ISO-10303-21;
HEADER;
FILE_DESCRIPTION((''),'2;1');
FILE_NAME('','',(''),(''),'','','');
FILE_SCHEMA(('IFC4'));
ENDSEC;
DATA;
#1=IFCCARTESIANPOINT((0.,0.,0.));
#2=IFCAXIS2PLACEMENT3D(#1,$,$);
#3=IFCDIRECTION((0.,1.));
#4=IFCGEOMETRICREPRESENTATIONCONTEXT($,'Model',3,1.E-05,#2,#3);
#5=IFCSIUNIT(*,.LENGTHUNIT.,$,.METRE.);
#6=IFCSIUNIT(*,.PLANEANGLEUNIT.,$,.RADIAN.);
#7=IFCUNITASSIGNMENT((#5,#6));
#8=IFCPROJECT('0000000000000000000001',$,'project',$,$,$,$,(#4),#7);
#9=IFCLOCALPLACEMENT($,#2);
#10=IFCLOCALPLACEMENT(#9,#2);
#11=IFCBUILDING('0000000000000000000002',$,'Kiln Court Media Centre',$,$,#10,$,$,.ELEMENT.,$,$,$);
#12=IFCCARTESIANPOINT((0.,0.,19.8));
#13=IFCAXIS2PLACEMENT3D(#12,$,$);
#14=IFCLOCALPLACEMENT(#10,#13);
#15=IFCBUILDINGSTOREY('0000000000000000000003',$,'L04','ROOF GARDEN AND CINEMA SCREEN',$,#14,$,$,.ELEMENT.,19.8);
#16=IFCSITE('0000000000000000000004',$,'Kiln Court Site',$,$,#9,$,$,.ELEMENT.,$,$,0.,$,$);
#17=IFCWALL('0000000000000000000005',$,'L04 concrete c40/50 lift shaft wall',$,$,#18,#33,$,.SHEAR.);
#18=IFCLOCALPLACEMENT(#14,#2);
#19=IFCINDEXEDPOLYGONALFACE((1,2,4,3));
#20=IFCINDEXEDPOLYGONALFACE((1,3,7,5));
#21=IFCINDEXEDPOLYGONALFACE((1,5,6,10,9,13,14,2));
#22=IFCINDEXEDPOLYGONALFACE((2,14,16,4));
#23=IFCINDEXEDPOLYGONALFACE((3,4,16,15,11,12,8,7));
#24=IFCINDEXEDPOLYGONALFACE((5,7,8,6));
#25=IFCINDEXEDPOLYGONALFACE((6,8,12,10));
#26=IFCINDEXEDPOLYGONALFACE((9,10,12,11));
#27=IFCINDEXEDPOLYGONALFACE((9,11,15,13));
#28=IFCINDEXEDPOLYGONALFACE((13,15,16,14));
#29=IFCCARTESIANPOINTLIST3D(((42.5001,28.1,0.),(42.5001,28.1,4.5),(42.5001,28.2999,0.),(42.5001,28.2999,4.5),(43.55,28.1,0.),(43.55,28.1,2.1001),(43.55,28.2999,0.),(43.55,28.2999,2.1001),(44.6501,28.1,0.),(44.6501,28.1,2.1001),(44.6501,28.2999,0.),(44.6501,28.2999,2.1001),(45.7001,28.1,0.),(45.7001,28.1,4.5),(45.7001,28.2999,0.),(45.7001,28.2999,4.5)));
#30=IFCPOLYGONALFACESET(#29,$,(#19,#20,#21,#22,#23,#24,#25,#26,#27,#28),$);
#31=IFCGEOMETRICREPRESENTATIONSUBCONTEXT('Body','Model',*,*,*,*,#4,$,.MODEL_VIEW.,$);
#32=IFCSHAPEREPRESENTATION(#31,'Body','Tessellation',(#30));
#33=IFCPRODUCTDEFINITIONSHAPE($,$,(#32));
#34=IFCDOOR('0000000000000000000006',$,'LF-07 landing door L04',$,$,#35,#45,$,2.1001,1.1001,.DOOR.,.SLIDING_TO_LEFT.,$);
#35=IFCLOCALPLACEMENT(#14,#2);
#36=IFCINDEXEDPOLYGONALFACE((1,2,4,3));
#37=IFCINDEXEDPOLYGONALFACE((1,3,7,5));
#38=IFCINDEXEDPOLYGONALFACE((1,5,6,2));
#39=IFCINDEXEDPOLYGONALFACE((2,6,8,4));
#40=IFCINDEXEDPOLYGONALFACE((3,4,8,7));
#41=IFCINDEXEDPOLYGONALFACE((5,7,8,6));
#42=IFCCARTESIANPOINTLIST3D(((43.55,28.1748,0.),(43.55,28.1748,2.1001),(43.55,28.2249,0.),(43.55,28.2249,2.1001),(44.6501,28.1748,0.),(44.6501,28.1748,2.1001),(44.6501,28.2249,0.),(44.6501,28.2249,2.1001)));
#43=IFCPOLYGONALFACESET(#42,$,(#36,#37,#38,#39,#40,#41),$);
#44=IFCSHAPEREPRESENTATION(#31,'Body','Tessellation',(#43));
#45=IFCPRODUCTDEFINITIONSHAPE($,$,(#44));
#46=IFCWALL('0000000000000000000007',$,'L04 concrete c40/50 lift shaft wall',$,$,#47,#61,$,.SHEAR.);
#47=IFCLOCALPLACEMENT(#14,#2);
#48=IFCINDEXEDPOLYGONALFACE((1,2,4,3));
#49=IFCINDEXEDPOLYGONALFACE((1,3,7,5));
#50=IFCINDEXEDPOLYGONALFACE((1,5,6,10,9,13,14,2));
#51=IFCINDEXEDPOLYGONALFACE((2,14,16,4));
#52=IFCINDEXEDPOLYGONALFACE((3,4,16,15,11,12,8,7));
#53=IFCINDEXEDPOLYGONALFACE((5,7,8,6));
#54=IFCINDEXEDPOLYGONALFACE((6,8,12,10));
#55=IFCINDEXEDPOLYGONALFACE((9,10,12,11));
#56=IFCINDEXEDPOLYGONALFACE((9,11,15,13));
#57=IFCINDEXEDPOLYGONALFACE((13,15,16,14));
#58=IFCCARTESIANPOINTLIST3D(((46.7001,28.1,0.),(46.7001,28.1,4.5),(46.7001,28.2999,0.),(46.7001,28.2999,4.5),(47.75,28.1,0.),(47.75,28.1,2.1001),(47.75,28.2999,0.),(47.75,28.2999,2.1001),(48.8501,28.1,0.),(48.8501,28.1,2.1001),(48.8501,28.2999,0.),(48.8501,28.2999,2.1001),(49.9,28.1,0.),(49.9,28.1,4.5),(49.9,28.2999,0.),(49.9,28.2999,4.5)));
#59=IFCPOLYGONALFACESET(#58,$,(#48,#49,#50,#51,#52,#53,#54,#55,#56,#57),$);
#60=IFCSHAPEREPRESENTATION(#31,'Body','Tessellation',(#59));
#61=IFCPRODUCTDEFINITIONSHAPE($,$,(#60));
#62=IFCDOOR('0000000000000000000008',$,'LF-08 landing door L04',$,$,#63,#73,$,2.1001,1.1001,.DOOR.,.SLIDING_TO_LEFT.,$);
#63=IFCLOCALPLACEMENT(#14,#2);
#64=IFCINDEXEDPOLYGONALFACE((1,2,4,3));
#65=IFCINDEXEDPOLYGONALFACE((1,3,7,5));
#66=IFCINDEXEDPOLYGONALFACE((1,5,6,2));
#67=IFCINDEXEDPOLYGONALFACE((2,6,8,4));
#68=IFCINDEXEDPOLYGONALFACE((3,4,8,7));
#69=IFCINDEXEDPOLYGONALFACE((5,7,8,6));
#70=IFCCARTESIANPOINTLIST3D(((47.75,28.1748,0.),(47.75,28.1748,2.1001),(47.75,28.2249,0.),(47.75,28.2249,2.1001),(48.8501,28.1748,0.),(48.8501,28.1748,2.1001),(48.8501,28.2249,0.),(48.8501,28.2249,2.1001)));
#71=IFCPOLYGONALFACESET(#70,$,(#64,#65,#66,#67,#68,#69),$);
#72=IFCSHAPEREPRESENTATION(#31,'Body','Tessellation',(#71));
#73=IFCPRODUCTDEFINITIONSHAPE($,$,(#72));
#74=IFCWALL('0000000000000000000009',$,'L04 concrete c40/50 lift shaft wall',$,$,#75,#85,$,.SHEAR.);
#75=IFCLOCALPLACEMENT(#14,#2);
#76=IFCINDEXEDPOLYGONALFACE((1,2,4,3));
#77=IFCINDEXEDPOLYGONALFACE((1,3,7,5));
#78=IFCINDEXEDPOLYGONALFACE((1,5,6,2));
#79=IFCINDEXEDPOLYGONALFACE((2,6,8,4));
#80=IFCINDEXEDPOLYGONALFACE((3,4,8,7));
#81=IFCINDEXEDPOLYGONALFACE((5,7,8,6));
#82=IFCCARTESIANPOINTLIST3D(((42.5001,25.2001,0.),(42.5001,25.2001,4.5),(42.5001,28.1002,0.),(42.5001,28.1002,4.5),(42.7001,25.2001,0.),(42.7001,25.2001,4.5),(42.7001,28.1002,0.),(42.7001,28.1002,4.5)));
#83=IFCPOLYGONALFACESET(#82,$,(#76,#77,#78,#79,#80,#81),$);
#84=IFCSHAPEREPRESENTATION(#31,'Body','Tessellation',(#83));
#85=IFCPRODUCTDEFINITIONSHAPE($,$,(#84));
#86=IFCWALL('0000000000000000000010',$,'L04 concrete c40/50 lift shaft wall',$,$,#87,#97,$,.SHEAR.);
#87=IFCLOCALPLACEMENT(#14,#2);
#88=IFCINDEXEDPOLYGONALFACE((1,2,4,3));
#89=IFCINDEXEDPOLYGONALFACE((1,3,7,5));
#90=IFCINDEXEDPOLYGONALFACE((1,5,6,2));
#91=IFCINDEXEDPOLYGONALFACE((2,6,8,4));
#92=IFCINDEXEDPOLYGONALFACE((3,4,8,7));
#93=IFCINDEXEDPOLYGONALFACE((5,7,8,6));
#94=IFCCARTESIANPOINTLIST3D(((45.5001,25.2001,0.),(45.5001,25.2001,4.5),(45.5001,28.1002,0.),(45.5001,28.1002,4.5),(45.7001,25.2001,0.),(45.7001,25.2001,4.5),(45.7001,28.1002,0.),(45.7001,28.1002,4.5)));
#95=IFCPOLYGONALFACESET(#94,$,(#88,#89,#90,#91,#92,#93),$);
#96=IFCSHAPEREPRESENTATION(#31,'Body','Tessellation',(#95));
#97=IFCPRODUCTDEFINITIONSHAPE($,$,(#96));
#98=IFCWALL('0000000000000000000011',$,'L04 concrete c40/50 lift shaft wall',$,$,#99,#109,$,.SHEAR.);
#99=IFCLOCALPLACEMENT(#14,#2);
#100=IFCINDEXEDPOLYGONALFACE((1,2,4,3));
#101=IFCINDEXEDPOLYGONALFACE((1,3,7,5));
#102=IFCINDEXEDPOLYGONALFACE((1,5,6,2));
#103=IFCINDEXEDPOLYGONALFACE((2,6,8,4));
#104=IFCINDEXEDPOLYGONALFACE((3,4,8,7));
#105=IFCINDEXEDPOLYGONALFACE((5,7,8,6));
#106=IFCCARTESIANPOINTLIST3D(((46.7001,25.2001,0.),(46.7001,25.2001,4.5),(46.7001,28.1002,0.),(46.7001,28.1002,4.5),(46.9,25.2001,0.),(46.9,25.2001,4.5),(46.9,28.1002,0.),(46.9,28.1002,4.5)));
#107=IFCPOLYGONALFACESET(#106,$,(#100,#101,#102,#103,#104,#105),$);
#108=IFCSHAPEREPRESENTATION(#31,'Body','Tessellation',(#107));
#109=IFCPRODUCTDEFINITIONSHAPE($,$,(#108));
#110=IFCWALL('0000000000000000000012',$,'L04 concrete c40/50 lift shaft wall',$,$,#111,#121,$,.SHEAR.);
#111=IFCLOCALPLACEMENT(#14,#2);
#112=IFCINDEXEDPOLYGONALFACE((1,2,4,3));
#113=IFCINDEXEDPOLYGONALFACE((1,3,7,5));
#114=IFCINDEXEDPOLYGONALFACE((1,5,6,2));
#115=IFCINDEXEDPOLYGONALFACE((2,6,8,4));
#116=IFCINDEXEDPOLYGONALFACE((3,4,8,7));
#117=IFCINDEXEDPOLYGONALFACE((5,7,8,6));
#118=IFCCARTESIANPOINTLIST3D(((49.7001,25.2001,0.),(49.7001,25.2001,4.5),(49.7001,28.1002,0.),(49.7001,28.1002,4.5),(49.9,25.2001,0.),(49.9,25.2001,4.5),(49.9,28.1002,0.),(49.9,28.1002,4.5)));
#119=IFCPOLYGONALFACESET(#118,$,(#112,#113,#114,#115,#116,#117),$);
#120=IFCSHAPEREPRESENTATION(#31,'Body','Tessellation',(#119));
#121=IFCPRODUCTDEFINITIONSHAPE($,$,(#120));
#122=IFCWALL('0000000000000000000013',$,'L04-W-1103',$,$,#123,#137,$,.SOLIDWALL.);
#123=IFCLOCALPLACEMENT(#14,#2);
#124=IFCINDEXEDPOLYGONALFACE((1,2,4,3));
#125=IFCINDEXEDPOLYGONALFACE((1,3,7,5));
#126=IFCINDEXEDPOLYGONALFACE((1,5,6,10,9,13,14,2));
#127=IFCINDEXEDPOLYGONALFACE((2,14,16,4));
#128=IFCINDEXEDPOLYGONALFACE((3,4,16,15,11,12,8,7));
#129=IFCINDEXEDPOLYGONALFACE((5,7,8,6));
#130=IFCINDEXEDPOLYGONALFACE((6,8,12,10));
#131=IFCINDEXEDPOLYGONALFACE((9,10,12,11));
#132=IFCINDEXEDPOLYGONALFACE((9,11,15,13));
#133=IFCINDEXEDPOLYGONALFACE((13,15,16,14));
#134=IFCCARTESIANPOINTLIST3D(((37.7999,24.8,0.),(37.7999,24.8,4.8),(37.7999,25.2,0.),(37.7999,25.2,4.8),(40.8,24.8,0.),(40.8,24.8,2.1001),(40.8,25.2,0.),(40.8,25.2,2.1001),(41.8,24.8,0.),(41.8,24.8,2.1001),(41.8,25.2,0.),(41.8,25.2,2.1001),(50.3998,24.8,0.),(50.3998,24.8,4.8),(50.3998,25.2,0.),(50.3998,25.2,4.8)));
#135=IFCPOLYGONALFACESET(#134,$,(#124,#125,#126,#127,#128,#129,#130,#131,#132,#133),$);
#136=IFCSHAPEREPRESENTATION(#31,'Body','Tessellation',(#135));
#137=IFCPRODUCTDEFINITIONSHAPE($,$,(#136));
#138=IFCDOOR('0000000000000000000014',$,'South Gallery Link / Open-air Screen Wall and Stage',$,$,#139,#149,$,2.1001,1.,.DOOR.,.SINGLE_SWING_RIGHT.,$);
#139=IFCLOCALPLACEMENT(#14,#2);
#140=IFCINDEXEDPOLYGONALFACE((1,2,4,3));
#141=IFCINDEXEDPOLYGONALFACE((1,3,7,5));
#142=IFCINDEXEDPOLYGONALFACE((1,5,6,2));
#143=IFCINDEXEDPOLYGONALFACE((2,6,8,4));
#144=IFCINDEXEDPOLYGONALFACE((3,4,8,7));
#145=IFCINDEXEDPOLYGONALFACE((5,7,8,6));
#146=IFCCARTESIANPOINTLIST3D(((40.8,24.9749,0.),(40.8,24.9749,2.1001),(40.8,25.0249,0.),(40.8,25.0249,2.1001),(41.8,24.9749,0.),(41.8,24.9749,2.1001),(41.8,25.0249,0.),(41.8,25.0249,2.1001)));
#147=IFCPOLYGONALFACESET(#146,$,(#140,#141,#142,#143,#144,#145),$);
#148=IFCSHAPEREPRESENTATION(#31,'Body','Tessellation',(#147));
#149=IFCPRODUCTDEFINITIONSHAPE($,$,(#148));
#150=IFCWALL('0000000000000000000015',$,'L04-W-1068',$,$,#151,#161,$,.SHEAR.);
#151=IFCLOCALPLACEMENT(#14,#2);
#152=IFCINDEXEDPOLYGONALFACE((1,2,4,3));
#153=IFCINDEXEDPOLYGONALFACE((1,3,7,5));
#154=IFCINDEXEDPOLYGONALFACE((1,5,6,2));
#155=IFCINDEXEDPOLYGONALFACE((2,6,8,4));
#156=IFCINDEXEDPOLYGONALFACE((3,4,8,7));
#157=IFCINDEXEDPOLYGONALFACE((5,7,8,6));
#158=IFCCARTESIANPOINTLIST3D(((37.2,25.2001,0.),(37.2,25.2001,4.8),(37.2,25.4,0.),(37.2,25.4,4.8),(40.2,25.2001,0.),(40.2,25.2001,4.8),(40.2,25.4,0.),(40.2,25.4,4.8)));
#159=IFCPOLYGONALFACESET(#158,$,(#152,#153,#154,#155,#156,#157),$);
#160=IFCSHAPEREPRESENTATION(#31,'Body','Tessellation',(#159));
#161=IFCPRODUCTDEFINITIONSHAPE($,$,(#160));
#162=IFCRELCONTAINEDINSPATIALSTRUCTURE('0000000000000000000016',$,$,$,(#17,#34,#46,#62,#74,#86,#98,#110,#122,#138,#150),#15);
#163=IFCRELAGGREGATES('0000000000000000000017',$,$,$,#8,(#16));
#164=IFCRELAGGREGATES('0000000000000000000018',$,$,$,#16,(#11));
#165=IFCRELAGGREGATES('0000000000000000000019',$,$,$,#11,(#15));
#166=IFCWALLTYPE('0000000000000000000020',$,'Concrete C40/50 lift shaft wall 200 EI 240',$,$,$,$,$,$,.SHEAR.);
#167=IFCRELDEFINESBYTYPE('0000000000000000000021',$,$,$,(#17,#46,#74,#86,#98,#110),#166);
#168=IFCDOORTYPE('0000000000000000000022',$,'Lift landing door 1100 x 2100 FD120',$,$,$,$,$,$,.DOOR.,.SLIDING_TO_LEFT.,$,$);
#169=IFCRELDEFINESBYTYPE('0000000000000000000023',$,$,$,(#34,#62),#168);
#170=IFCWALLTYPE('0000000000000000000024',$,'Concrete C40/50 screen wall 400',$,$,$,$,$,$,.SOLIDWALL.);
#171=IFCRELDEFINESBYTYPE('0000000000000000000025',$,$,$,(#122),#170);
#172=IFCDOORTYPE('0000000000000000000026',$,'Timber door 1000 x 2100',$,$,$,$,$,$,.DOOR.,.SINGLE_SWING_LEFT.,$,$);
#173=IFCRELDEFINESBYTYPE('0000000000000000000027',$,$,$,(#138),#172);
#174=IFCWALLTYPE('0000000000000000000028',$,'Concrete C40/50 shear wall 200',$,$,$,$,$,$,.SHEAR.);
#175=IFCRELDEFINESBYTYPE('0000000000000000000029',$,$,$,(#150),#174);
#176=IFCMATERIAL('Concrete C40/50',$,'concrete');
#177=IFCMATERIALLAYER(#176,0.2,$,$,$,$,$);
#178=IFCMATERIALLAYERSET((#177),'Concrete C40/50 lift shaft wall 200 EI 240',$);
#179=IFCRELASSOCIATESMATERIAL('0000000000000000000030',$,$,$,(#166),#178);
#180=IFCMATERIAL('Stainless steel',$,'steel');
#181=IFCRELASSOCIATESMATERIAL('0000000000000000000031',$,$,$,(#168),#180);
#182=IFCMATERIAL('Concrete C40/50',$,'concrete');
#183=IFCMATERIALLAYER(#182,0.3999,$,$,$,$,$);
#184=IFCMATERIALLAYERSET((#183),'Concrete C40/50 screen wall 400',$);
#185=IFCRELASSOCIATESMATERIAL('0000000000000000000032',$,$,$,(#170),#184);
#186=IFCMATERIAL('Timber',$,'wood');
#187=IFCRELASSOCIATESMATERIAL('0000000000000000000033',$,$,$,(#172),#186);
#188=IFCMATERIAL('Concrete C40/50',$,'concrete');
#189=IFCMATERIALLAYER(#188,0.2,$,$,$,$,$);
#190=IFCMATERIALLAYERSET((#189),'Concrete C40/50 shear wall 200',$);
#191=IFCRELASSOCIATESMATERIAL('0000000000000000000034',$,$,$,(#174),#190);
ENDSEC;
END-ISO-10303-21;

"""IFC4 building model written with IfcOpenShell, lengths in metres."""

from ifc_helpers import new_model, si_unit, direction, frame, frame_2d, origin, place, context, subcontext, project, spatial, rectangle, extrude, material, layer, layer_set, type_object, element, fill, save


model = new_model("IFC4")

# Units and contexts
model_context = context("Model", 3, precision=1e-05, world=origin(), true_north=direction((0.0, 1.0)))
body_context = subcontext(model_context, "Body", "Model", "MODEL_VIEW")
ifc_project = project(units=[si_unit("LENGTHUNIT", "METRE"), si_unit("PLANEANGLEUNIT", "RADIAN")], contexts=[model_context])

# Site, building, storey
site_placement = place(None, origin())
site = spatial("IfcSite", under=ifc_project, at=site_placement, Name="Kiln Court Site", CompositionType="ELEMENT", RefElevation=0.0)
building_placement = place(site_placement, origin())
building = spatial("IfcBuilding", under=site, at=building_placement, Name="Kiln Court Media Centre", CompositionType="ELEMENT")
storey_placement = place(building_placement, frame((0.0, 0.0, 19.8)))
storey = spatial("IfcBuildingStorey", under=building, at=storey_placement, Name="L04", Description="ROOF GARDEN AND CINEMA SCREEN", CompositionType="ELEMENT", Elevation=19.8)

# Walls, openings, doors
ifc_material_1 = material(Name="Concrete C40/50", Category="concrete")
ifc_layer_1 = layer(ifc_material_1, 0.2)
ifc_layer_set_1 = layer_set([ifc_layer_1], Name="Concrete C40/50 lift shaft wall 200 EI 240")
wall_type_1 = type_object("IfcWallType", Name="Concrete C40/50 lift shaft wall 200 EI 240", PredefinedType="SHEAR", material=ifc_layer_set_1)
wall_1_placement = place(storey_placement, frame((42.5, 28.2, 0.0), z_axis=(0.0, 0.0, 1.0), x_axis=(1.0, 0.0, 0.0)))
wall_1 = element("IfcWall", 1, at=wall_1_placement, inside=storey, type_object=wall_type_1, Name="L04 concrete c40/50 lift shaft wall", PredefinedType="SHEAR", context=body_context, shape_type="SweptSolid", body=[
    extrude(rectangle(XDim=3.2, YDim=0.2, at=frame_2d((1.6001, 0.0))), origin(), (0.0, 0.0, 1.0), 4.5),
])
opening_1_placement = place(wall_1_placement, frame((1.05, 0.0, 0.0)))
opening_1 = element("IfcOpeningElement", 2, at=opening_1_placement, cuts=wall_1, PredefinedType="OPENING", context=body_context, shape_type="SweptSolid", body=[
    extrude(rectangle(XDim=1.1001, YDim=2.1001, at=frame_2d((0.55, 1.05))), frame((0.0, 0.1099, 0.0), z_axis=(0.0, -1.0, 0.0), x_axis=(1.0, 0.0, 0.0)), (0.0, 0.0, 1.0), 0.22),
])
ifc_material_2 = material(Name="Stainless steel", Category="steel")
door_type_1 = type_object("IfcDoorType", Name="Lift landing door 1100 x 2100 FD120", OperationType="SLIDING_TO_LEFT", PredefinedType="DOOR", material=ifc_material_2)
door_1_placement = place(opening_1_placement, origin())
door_1 = element("IfcDoor", 3, at=door_1_placement, inside=storey, type_object=door_type_1, Name="LF-07 landing door L04", OperationType="SLIDING_TO_LEFT", OverallHeight=2.1001, OverallWidth=1.1001, PredefinedType="DOOR", context=body_context, shape_type="SweptSolid", body=[
    extrude(rectangle(XDim=1.1001, YDim=2.1001, at=frame_2d((0.55, 1.05))), frame((0.0, 0.0249, 0.0), z_axis=(0.0, -1.0, 0.0), x_axis=(1.0, 0.0, 0.0)), (0.0, 0.0, 1.0), 0.05),
])
fill(opening_1, door_1)
wall_2_placement = place(storey_placement, frame((46.7, 28.2, 0.0), z_axis=(0.0, 0.0, 1.0), x_axis=(1.0, 0.0, 0.0)))
wall_2 = element("IfcWall", 4, at=wall_2_placement, inside=storey, type_object=wall_type_1, Name="L04 concrete c40/50 lift shaft wall", PredefinedType="SHEAR", context=body_context, shape_type="SweptSolid", body=[
    extrude(rectangle(XDim=3.2, YDim=0.2, at=frame_2d((1.6001, 0.0))), origin(), (0.0, 0.0, 1.0), 4.5),
])
opening_2_placement = place(wall_2_placement, frame((1.05, 0.0, 0.0)))
opening_2 = element("IfcOpeningElement", 5, at=opening_2_placement, cuts=wall_2, PredefinedType="OPENING", context=body_context, shape_type="SweptSolid", body=[
    extrude(rectangle(XDim=1.1001, YDim=2.1001, at=frame_2d((0.55, 1.05))), frame((0.0, 0.1099, 0.0), z_axis=(0.0, -1.0, 0.0), x_axis=(1.0, 0.0, 0.0)), (0.0, 0.0, 1.0), 0.22),
])
door_2_placement = place(opening_2_placement, origin())
door_2 = element("IfcDoor", 6, at=door_2_placement, inside=storey, type_object=door_type_1, Name="LF-08 landing door L04", OperationType="SLIDING_TO_LEFT", OverallHeight=2.1001, OverallWidth=1.1001, PredefinedType="DOOR", context=body_context, shape_type="SweptSolid", body=[
    extrude(rectangle(XDim=1.1001, YDim=2.1001, at=frame_2d((0.55, 1.05))), frame((0.0, 0.0249, 0.0), z_axis=(0.0, -1.0, 0.0), x_axis=(1.0, 0.0, 0.0)), (0.0, 0.0, 1.0), 0.05),
])
fill(opening_2, door_2)

# Walls
for number, where, z_axis, x_axis, name in (
    (7, (42.6001, 25.2, 0.0), (0.0, 0.0, 1.0), (0.0, 1.0, 0.0), "L04 concrete c40/50 lift shaft wall"),
    (8, (45.6001, 25.2, 0.0), (0.0, 0.0, 1.0), (0.0, 1.0, 0.0), "L04 concrete c40/50 lift shaft wall"),
    (9, (46.8, 25.2, 0.0), (0.0, 0.0, 1.0), (0.0, 1.0, 0.0), "L04 concrete c40/50 lift shaft wall"),
    (10, (49.8, 25.2, 0.0), (0.0, 0.0, 1.0), (0.0, 1.0, 0.0), "L04 concrete c40/50 lift shaft wall"),
):
    element("IfcWall", number, at=place(storey_placement, frame(where, z_axis=z_axis, x_axis=x_axis)), inside=storey, type_object=wall_type_1, Name=name, PredefinedType="SHEAR", context=body_context, shape_type="SweptSolid", body=[
        extrude(rectangle(XDim=2.9001, YDim=0.2, at=frame_2d((1.4502, 0.0))), origin(), (0.0, 0.0, 1.0), 4.5),
    ])

# Wall, opening, door
ifc_material_3 = material(Name="Concrete C40/50", Category="concrete")
ifc_layer_2 = layer(ifc_material_3, 0.3999)
ifc_layer_set_2 = layer_set([ifc_layer_2], Name="Concrete C40/50 screen wall 400")
wall_type_2 = type_object("IfcWallType", Name="Concrete C40/50 screen wall 400", PredefinedType="SOLIDWALL", material=ifc_layer_set_2)
wall_3_placement = place(storey_placement, frame((37.8, 25.0, 0.0), z_axis=(0.0, 0.0, 1.0), x_axis=(1.0, 0.0, 0.0)))
wall_3 = element("IfcWall", 11, at=wall_3_placement, inside=storey, type_object=wall_type_2, Name="L04-W-1103", PredefinedType="SOLIDWALL", context=body_context, shape_type="SweptSolid", body=[
    extrude(rectangle(XDim=12.5999, YDim=0.3999, at=frame_2d((6.2998, 0.0))), origin(), (0.0, 0.0, 1.0), 4.8),
])
opening_3_placement = place(wall_3_placement, frame((3.0, 0.0, 0.0)))
opening_3 = element("IfcOpeningElement", 12, at=opening_3_placement, cuts=wall_3, PredefinedType="OPENING", context=body_context, shape_type="SweptSolid", body=[
    extrude(rectangle(XDim=1.0, YDim=2.1001, at=frame_2d((0.5, 1.05))), frame((0.0, 0.21, 0.0), z_axis=(0.0, -1.0, 0.0), x_axis=(1.0, 0.0, 0.0)), (0.0, 0.0, 1.0), 0.4199),
])
ifc_material_4 = material(Name="Timber", Category="wood")
door_type_2 = type_object("IfcDoorType", Name="Timber door 1000 x 2100", OperationType="SINGLE_SWING_LEFT", PredefinedType="DOOR", material=ifc_material_4)
door_3_placement = place(opening_3_placement, origin())
door_3 = element("IfcDoor", 13, at=door_3_placement, inside=storey, type_object=door_type_2, Name="South Gallery Link / Open-air Screen Wall and Stage", OperationType="SINGLE_SWING_RIGHT", OverallHeight=2.1001, OverallWidth=1.0, PredefinedType="DOOR", context=body_context, shape_type="SweptSolid", body=[
    extrude(rectangle(XDim=1.0, YDim=2.1001, at=frame_2d((0.5, 1.05))), frame((0.0, 0.0249, 0.0), z_axis=(0.0, -1.0, 0.0), x_axis=(1.0, 0.0, 0.0)), (0.0, 0.0, 1.0), 0.05),
])
fill(opening_3, door_3)

# Wall
ifc_material_5 = material(Name="Concrete C40/50", Category="concrete")
ifc_layer_3 = layer(ifc_material_5, 0.2)
ifc_layer_set_3 = layer_set([ifc_layer_3], Name="Concrete C40/50 shear wall 200")
wall_type_3 = type_object("IfcWallType", Name="Concrete C40/50 shear wall 200", PredefinedType="SHEAR", material=ifc_layer_set_3)
wall_4_placement = place(storey_placement, frame((40.2, 25.3, 0.0), z_axis=(0.0, 0.0, 1.0), x_axis=(-1.0, 0.0, 0.0)))
element("IfcWall", 14, at=wall_4_placement, inside=storey, type_object=wall_type_3, Name="L04-W-1068", PredefinedType="SHEAR", context=body_context, shape_type="SweptSolid", body=[
    extrude(rectangle(XDim=3.0, YDim=0.2, at=frame_2d((1.5, 0.0))), origin(), (0.0, 0.0, 1.0), 4.8),
])

save(model, "model.ifc")
